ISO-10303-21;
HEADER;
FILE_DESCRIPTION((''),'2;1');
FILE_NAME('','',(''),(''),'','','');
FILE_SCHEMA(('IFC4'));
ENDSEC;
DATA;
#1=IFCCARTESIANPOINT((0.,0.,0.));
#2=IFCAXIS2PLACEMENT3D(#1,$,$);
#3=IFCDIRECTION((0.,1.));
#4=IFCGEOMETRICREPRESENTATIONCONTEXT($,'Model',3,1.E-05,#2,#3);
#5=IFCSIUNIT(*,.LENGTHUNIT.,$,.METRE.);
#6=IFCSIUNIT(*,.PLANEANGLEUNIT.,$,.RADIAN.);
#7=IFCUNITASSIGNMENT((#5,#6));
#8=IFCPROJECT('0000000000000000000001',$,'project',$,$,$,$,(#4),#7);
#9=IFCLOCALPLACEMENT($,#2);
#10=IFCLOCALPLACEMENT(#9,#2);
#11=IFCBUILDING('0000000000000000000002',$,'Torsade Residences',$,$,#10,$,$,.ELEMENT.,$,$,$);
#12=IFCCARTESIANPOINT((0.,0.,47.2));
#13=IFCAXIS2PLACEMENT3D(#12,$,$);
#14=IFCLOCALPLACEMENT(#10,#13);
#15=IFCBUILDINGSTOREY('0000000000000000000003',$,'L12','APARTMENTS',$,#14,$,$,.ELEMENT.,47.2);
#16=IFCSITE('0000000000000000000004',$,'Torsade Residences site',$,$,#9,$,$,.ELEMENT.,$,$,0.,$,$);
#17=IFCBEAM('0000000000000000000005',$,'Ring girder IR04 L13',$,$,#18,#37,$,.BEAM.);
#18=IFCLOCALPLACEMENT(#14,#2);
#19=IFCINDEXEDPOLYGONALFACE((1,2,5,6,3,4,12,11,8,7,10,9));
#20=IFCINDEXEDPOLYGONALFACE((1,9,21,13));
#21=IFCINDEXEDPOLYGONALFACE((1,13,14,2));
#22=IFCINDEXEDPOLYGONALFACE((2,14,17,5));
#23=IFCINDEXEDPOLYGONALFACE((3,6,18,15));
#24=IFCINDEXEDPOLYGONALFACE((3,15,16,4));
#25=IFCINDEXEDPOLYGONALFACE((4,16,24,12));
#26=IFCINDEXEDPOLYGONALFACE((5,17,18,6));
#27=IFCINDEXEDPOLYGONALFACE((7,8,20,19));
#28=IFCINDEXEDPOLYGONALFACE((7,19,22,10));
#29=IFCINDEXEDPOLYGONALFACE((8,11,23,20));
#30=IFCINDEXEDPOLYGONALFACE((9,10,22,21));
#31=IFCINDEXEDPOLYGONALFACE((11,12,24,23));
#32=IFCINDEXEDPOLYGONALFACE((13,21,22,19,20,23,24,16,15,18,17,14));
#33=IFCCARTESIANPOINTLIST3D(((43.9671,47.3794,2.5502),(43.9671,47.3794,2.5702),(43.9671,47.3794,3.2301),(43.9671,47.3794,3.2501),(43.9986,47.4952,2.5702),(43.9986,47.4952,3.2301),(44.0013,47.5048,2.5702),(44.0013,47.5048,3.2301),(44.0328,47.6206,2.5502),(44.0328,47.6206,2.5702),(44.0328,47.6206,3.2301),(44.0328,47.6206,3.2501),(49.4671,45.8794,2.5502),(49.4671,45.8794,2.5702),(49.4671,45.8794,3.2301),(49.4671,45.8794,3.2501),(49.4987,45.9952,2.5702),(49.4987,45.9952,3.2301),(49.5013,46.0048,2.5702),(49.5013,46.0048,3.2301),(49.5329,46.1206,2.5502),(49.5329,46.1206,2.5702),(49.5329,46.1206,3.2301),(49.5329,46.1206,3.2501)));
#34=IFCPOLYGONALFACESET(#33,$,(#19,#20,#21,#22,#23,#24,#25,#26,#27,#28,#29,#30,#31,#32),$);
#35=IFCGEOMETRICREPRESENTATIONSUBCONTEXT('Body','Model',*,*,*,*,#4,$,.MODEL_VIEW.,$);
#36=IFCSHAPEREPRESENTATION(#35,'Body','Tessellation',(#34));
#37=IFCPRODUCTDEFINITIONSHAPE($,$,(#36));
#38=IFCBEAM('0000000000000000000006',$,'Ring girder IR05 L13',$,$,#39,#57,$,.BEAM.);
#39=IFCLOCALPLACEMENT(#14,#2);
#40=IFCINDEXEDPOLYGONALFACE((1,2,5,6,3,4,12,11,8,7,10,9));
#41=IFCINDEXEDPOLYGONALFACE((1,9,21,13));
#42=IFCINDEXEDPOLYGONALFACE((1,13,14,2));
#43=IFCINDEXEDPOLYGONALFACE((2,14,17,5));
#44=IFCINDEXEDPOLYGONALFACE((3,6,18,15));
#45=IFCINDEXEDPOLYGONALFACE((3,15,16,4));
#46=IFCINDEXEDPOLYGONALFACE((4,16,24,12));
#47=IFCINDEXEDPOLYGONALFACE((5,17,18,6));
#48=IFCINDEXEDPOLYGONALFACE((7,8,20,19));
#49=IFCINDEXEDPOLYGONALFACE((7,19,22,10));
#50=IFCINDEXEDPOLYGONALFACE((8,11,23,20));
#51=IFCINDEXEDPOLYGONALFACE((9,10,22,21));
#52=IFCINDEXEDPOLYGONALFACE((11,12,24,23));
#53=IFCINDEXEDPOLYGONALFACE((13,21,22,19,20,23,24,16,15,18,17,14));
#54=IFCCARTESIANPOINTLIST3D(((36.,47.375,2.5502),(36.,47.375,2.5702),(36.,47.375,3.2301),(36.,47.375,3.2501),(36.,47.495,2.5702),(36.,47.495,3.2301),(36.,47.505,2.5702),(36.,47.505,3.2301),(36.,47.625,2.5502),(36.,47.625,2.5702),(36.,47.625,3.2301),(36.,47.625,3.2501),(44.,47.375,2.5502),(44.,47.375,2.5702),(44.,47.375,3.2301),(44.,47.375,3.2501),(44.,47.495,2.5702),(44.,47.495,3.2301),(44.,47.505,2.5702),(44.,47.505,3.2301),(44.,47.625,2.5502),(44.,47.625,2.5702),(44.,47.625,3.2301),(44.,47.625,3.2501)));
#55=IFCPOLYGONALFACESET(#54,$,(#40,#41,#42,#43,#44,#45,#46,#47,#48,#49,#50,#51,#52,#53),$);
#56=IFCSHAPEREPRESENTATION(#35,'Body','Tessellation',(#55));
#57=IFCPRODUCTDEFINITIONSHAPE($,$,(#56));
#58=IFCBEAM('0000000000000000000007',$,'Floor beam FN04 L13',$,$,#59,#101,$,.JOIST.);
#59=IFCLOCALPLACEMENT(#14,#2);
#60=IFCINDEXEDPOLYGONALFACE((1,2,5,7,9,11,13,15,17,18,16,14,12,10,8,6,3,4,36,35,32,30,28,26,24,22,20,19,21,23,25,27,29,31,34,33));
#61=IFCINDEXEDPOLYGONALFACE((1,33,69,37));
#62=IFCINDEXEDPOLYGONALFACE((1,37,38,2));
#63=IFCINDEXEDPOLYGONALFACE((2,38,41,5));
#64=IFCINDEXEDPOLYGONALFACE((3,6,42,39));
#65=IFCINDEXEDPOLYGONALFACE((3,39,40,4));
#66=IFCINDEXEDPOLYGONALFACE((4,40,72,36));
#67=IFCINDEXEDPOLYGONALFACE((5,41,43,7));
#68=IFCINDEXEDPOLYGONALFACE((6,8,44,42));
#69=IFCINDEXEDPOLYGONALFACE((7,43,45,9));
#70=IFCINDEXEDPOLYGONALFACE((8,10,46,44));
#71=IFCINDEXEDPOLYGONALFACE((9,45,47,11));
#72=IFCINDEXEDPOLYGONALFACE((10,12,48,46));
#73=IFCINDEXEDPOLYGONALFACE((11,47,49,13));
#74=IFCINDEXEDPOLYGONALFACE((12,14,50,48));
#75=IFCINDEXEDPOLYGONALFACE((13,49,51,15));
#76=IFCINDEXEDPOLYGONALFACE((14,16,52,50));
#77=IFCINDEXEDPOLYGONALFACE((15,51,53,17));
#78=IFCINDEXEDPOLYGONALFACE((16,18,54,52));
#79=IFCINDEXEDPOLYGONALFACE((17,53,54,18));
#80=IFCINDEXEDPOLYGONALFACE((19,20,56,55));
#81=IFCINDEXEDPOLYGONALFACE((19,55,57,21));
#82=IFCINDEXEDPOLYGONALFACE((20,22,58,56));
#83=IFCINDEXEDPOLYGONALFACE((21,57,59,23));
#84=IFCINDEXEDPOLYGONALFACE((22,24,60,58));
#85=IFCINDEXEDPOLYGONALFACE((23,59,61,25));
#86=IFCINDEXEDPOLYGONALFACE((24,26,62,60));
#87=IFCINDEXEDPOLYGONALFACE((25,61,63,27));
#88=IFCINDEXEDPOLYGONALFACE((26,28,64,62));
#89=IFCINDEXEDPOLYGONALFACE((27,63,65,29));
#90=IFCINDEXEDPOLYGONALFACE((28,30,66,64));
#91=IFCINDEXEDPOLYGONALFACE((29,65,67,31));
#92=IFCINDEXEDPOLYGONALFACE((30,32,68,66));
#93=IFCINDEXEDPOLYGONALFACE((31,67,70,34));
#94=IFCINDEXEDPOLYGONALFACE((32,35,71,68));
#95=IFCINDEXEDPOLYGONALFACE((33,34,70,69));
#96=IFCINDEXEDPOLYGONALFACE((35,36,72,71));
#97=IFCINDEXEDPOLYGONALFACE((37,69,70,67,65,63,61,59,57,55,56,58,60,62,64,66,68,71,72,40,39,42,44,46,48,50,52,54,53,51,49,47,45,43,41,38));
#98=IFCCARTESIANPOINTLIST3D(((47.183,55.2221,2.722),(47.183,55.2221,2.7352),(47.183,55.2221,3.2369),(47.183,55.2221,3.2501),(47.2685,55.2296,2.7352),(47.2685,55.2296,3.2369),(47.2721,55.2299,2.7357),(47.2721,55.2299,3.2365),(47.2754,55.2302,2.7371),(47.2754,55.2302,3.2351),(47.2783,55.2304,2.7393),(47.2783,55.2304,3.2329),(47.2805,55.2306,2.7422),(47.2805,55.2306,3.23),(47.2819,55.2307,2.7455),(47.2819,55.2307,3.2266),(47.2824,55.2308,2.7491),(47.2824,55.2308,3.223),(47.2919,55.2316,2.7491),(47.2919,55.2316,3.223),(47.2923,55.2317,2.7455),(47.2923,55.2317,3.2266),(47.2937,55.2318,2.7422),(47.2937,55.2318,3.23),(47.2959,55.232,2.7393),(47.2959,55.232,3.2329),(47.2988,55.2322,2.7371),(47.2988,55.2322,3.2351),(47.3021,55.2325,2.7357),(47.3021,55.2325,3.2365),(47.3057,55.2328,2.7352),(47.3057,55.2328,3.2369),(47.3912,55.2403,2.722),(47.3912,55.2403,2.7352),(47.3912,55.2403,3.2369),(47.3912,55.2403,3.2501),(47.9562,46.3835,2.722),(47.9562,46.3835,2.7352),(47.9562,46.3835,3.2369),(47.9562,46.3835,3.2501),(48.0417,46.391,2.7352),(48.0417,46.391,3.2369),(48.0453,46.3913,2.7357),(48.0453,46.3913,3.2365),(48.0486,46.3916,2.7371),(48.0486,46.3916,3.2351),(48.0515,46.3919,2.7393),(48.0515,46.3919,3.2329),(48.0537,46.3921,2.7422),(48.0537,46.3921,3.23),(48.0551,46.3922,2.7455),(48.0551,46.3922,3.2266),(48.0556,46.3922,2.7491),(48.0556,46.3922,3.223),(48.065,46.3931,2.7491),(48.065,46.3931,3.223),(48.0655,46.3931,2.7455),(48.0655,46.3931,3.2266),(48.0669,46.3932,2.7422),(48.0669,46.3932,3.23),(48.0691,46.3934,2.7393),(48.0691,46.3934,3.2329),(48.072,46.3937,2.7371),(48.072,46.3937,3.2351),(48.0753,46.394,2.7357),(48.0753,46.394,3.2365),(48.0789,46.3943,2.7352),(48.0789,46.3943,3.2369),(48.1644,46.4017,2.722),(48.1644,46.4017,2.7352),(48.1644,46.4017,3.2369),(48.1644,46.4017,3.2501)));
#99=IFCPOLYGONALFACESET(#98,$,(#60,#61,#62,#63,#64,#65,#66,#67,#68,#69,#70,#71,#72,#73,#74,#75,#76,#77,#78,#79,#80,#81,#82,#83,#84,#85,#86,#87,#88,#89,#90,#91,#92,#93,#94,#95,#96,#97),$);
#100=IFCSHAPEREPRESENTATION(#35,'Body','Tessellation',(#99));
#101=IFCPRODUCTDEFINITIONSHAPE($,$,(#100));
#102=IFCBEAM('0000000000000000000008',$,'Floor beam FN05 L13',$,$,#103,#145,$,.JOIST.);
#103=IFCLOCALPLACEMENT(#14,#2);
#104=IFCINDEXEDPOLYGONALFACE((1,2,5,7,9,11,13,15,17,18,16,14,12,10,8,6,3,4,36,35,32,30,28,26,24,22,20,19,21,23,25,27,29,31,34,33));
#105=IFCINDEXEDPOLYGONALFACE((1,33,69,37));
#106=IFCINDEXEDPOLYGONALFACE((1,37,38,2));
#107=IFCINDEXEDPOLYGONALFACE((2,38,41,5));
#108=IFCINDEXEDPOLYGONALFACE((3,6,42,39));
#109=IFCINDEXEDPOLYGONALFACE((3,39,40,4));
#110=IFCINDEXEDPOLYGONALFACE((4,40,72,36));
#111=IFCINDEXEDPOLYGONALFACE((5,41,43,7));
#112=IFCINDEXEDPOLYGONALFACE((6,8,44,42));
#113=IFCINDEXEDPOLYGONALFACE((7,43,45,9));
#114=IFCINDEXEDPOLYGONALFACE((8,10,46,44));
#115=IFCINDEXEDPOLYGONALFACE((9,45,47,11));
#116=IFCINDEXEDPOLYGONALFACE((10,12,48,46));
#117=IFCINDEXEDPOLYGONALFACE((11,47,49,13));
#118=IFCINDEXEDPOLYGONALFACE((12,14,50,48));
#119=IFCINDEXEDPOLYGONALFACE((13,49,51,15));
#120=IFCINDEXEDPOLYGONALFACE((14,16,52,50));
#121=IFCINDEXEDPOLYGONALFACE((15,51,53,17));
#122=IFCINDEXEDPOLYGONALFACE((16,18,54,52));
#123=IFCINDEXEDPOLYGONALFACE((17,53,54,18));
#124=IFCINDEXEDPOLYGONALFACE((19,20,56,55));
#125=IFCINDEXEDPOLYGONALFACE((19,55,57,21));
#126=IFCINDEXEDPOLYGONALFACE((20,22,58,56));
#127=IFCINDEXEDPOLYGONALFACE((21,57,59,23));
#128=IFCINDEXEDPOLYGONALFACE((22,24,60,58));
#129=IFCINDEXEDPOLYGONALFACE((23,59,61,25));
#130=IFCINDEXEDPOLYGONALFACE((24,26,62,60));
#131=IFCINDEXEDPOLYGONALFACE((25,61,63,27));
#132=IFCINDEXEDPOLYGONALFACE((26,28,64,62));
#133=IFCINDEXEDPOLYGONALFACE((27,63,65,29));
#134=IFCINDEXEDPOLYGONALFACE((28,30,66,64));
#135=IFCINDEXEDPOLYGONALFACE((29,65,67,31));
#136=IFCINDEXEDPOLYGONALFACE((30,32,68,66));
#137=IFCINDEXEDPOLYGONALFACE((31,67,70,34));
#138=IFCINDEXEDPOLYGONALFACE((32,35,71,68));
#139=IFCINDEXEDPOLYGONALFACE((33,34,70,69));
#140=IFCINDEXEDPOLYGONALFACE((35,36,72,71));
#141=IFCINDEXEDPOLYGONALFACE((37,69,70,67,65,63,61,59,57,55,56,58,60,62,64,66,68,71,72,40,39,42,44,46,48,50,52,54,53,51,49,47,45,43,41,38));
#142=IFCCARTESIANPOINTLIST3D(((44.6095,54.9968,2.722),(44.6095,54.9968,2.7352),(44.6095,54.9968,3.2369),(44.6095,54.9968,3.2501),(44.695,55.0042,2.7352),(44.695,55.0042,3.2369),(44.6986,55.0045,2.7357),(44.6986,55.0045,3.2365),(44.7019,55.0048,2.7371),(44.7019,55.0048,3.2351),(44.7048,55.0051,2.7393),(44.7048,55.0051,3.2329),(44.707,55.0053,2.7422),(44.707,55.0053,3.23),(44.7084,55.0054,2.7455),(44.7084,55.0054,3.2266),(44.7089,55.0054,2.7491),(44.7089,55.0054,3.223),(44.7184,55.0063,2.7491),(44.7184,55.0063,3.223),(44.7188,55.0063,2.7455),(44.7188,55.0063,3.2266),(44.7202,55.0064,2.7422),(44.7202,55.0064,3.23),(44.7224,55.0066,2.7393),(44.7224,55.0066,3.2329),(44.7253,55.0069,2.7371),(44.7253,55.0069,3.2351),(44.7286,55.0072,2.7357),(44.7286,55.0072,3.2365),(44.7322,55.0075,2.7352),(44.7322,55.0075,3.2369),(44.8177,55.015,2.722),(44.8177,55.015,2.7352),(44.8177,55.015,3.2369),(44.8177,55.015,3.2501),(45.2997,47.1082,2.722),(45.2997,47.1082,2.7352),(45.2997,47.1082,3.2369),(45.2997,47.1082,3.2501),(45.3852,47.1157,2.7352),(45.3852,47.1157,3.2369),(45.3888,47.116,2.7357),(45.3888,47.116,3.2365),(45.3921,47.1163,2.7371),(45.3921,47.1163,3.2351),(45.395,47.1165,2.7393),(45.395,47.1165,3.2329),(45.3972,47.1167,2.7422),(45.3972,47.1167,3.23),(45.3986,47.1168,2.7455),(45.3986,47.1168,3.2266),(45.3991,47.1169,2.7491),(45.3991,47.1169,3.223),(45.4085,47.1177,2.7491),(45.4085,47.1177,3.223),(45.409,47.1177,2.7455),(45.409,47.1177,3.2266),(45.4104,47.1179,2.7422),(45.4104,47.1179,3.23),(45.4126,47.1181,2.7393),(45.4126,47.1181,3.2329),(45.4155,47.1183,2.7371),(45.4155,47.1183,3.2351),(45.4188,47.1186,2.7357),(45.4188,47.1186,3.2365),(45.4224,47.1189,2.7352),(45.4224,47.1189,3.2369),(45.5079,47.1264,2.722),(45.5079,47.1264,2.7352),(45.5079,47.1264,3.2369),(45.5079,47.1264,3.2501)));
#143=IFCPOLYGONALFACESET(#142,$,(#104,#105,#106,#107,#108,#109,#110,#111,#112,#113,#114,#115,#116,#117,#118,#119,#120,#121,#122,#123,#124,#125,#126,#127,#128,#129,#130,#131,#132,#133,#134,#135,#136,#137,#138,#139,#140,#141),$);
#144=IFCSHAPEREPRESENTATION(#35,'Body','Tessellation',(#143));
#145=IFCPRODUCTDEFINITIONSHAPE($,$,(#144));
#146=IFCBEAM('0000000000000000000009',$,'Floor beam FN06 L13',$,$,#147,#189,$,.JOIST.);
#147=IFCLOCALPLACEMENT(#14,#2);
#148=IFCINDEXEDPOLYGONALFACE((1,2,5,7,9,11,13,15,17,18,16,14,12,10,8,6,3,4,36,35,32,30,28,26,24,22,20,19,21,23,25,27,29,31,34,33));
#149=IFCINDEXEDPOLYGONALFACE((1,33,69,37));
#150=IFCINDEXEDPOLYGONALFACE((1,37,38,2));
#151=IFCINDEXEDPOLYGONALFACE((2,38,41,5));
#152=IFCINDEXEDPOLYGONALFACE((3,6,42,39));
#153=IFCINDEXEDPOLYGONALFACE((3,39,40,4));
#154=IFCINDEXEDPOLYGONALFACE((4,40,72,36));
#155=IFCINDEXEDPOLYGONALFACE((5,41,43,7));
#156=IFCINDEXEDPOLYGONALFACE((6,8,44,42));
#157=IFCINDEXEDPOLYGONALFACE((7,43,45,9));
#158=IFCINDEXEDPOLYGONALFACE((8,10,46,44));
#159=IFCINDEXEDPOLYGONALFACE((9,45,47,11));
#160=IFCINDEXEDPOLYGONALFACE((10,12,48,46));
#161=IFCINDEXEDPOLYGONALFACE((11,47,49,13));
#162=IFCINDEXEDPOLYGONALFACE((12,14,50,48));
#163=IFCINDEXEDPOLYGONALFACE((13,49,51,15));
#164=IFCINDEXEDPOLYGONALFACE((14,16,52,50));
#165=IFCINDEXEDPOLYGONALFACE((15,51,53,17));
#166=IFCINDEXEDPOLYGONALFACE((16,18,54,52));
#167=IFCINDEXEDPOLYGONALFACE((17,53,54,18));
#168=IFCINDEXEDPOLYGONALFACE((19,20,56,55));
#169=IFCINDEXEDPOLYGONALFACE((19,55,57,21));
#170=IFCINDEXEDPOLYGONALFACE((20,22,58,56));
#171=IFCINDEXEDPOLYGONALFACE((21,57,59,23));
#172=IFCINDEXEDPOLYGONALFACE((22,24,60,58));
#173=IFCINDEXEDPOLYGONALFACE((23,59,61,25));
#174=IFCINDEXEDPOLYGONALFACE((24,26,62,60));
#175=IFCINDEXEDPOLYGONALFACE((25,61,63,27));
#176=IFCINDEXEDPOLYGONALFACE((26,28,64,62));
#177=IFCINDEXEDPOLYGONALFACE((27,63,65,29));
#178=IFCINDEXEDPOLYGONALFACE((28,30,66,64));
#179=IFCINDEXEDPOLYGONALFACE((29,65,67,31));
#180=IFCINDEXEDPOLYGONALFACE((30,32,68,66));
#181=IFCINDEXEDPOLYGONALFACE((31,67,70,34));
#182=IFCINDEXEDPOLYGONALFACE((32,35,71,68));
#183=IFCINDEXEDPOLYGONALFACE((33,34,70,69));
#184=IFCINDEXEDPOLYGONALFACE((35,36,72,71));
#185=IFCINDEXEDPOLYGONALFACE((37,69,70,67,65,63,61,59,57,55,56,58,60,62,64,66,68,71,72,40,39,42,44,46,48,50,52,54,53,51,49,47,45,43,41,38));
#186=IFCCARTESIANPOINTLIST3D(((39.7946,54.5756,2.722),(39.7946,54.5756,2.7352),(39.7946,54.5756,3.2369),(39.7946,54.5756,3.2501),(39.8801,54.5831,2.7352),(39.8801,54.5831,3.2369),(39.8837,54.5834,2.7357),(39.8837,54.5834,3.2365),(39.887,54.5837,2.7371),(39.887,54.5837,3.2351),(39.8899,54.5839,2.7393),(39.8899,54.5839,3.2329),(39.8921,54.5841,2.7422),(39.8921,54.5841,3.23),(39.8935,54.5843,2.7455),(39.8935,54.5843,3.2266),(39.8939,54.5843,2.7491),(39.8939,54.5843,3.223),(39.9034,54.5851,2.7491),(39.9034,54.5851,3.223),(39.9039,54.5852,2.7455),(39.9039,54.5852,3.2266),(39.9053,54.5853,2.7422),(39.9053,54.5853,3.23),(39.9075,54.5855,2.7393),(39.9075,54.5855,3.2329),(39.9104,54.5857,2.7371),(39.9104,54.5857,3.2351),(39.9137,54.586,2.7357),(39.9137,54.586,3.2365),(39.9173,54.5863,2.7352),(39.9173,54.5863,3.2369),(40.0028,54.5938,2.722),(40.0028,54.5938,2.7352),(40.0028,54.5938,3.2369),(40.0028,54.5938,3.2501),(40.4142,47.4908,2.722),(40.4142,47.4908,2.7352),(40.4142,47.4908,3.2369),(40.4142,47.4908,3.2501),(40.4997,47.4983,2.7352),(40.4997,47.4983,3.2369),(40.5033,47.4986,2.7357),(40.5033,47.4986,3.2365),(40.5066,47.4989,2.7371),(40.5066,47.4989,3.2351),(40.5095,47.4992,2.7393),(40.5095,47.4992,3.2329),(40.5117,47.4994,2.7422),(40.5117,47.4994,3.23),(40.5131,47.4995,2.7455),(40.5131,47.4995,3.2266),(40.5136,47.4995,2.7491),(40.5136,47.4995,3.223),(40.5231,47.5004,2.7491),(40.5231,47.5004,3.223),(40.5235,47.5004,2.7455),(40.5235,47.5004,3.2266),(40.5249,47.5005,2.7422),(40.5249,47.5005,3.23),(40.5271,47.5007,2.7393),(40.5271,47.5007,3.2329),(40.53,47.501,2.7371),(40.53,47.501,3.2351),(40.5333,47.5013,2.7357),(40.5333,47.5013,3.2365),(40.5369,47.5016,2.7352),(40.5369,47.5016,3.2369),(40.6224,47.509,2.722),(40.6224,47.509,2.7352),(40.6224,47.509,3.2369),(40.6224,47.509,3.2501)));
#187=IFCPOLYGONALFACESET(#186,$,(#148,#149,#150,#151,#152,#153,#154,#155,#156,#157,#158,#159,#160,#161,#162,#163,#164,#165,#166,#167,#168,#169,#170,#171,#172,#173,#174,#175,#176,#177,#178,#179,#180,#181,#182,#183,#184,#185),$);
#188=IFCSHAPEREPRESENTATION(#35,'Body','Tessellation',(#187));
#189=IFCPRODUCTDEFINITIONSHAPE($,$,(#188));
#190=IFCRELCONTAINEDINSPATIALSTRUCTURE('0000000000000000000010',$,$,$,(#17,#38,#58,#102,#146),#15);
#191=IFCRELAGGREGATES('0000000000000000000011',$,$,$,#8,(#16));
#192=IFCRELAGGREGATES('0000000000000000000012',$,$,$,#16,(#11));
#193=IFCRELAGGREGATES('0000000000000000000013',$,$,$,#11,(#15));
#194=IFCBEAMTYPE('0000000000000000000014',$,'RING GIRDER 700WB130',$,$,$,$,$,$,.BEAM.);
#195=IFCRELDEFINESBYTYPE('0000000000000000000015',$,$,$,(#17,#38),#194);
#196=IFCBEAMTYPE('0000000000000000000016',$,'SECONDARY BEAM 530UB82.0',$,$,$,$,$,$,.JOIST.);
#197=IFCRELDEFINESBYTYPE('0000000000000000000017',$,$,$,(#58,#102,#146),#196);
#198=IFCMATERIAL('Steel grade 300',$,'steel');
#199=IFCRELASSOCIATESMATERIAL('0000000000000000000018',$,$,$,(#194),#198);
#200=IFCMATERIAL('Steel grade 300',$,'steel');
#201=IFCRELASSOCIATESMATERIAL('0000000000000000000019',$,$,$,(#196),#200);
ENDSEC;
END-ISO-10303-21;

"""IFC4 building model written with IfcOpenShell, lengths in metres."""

from ifc_helpers import new_model, si_unit, direction, frame, origin, origin_2d, place, context, subcontext, project, spatial, i_section, extrude, material, material_profile, profile_set, type_object, element, save


model = new_model("IFC4")

# Units and contexts
model_context = context("Model", 3, precision=1e-05, world=origin(), true_north=direction((0.0, 1.0)))
body_context = subcontext(model_context, "Body", "Model", "MODEL_VIEW")
ifc_project = project(units=[si_unit("LENGTHUNIT", "METRE"), si_unit("PLANEANGLEUNIT", "RADIAN")], contexts=[model_context])

# Site, building, storey
site_placement = place(None, origin())
site = spatial("IfcSite", under=ifc_project, at=site_placement, Name="Torsade Residences site", CompositionType="ELEMENT", RefElevation=0.0)
building_placement = place(site_placement, origin())
building = spatial("IfcBuilding", under=site, at=building_placement, Name="Torsade Residences", CompositionType="ELEMENT")
storey_placement = place(building_placement, frame((0.0, 0.0, 47.2)))
storey = spatial("IfcBuildingStorey", under=building, at=storey_placement, Name="L12", Description="APARTMENTS", CompositionType="ELEMENT", Elevation=47.2)

# Beams
ifc_material_1 = material(Name="Steel grade 300", Category="steel")
ifc_material_profile_1 = material_profile(ifc_material_1, i_section(OverallWidth=0.25, OverallDepth=0.7, WebThickness=0.01, FlangeThickness=0.02, at=origin_2d()), Name="700WB130")
ifc_profile_set_1 = profile_set([ifc_material_profile_1], Name="Steel grade 300")
beam_type_1 = type_object("IfcBeamType", Name="RING GIRDER 700WB130", PredefinedType="BEAM", material=ifc_profile_set_1)
beam_1_placement = place(storey_placement, frame((49.5, 46.0, 2.9001), z_axis=(-0.964764, 0.263117, 0.0), x_axis=(-0.263117, -0.964764, 0.0)))
element("IfcBeam", 1, at=beam_1_placement, inside=storey, type_object=beam_type_1, Name="Ring girder IR04 L13", PredefinedType="BEAM", context=body_context, shape_type="SweptSolid", body=[
    extrude(i_section(OverallWidth=0.25, OverallDepth=0.7, WebThickness=0.01, FlangeThickness=0.02, at=origin_2d()), origin(), (0.0, 0.0, 1.0), 5.7009),
])
beam_2_placement = place(storey_placement, frame((44.0, 47.5, 2.9001), z_axis=(-1.0, 0.0, 0.0), x_axis=(0.0, -1.0, 0.0)))
element("IfcBeam", 2, at=beam_2_placement, inside=storey, type_object=beam_type_1, Name="Ring girder IR05 L13", PredefinedType="BEAM", context=body_context, shape_type="SweptSolid", body=[
    extrude(i_section(OverallWidth=0.25, OverallDepth=0.7, WebThickness=0.01, FlangeThickness=0.02, at=origin_2d()), origin(), (0.0, 0.0, 1.0), 8.0),
])
ifc_material_2 = material(Name="Steel grade 300", Category="steel")
ifc_material_profile_2 = material_profile(ifc_material_2, i_section(OverallWidth=0.209, OverallDepth=0.5281, WebThickness=0.0095, FlangeThickness=0.0132, FilletRadius=0.0139, at=origin_2d()), Name="530UB82.0")
ifc_profile_set_2 = profile_set([ifc_material_profile_2], Name="Steel grade 300")
beam_type_2 = type_object("IfcBeamType", Name="SECONDARY BEAM 530UB82.0", PredefinedType="JOIST", material=ifc_profile_set_2)
beam_3_placement = place(storey_placement, frame((47.2871, 55.2312, 2.9861), z_axis=(0.087146, -0.996196, 0.0), x_axis=(0.996196, 0.087146, 0.0)))
element("IfcBeam", 3, at=beam_3_placement, inside=storey, type_object=beam_type_2, Name="Floor beam FN04 L13", PredefinedType="JOIST", context=body_context, shape_type="SweptSolid", body=[
    extrude(i_section(OverallWidth=0.209, OverallDepth=0.5281, WebThickness=0.0095, FlangeThickness=0.0132, FilletRadius=0.0139, at=origin_2d()), origin(), (0.0, 0.0, 1.0), 8.8723),
])
beam_4_placement = place(storey_placement, frame((44.7136, 55.0059, 2.9861), z_axis=(0.087158, -0.996195, 0.0), x_axis=(0.996195, 0.087158, 0.0)))
element("IfcBeam", 4, at=beam_4_placement, inside=storey, type_object=beam_type_2, Name="Floor beam FN05 L13", PredefinedType="JOIST", context=body_context, shape_type="SweptSolid", body=[
    extrude(i_section(OverallWidth=0.209, OverallDepth=0.5281, WebThickness=0.0095, FlangeThickness=0.0132, FilletRadius=0.0139, at=origin_2d()), origin(), (0.0, 0.0, 1.0), 7.9187),
])
beam_5_placement = place(storey_placement, frame((39.8987, 54.5847, 2.9861), z_axis=(0.087127, -0.996197, 0.0), x_axis=(0.996197, 0.087127, 0.0)))
element("IfcBeam", 5, at=beam_5_placement, inside=storey, type_object=beam_type_2, Name="Floor beam FN06 L13", PredefinedType="JOIST", context=body_context, shape_type="SweptSolid", body=[
    extrude(i_section(OverallWidth=0.209, OverallDepth=0.5281, WebThickness=0.0095, FlangeThickness=0.0132, FilletRadius=0.0139, at=origin_2d()), origin(), (0.0, 0.0, 1.0), 7.1118),
])

save(model, "model.ifc")
